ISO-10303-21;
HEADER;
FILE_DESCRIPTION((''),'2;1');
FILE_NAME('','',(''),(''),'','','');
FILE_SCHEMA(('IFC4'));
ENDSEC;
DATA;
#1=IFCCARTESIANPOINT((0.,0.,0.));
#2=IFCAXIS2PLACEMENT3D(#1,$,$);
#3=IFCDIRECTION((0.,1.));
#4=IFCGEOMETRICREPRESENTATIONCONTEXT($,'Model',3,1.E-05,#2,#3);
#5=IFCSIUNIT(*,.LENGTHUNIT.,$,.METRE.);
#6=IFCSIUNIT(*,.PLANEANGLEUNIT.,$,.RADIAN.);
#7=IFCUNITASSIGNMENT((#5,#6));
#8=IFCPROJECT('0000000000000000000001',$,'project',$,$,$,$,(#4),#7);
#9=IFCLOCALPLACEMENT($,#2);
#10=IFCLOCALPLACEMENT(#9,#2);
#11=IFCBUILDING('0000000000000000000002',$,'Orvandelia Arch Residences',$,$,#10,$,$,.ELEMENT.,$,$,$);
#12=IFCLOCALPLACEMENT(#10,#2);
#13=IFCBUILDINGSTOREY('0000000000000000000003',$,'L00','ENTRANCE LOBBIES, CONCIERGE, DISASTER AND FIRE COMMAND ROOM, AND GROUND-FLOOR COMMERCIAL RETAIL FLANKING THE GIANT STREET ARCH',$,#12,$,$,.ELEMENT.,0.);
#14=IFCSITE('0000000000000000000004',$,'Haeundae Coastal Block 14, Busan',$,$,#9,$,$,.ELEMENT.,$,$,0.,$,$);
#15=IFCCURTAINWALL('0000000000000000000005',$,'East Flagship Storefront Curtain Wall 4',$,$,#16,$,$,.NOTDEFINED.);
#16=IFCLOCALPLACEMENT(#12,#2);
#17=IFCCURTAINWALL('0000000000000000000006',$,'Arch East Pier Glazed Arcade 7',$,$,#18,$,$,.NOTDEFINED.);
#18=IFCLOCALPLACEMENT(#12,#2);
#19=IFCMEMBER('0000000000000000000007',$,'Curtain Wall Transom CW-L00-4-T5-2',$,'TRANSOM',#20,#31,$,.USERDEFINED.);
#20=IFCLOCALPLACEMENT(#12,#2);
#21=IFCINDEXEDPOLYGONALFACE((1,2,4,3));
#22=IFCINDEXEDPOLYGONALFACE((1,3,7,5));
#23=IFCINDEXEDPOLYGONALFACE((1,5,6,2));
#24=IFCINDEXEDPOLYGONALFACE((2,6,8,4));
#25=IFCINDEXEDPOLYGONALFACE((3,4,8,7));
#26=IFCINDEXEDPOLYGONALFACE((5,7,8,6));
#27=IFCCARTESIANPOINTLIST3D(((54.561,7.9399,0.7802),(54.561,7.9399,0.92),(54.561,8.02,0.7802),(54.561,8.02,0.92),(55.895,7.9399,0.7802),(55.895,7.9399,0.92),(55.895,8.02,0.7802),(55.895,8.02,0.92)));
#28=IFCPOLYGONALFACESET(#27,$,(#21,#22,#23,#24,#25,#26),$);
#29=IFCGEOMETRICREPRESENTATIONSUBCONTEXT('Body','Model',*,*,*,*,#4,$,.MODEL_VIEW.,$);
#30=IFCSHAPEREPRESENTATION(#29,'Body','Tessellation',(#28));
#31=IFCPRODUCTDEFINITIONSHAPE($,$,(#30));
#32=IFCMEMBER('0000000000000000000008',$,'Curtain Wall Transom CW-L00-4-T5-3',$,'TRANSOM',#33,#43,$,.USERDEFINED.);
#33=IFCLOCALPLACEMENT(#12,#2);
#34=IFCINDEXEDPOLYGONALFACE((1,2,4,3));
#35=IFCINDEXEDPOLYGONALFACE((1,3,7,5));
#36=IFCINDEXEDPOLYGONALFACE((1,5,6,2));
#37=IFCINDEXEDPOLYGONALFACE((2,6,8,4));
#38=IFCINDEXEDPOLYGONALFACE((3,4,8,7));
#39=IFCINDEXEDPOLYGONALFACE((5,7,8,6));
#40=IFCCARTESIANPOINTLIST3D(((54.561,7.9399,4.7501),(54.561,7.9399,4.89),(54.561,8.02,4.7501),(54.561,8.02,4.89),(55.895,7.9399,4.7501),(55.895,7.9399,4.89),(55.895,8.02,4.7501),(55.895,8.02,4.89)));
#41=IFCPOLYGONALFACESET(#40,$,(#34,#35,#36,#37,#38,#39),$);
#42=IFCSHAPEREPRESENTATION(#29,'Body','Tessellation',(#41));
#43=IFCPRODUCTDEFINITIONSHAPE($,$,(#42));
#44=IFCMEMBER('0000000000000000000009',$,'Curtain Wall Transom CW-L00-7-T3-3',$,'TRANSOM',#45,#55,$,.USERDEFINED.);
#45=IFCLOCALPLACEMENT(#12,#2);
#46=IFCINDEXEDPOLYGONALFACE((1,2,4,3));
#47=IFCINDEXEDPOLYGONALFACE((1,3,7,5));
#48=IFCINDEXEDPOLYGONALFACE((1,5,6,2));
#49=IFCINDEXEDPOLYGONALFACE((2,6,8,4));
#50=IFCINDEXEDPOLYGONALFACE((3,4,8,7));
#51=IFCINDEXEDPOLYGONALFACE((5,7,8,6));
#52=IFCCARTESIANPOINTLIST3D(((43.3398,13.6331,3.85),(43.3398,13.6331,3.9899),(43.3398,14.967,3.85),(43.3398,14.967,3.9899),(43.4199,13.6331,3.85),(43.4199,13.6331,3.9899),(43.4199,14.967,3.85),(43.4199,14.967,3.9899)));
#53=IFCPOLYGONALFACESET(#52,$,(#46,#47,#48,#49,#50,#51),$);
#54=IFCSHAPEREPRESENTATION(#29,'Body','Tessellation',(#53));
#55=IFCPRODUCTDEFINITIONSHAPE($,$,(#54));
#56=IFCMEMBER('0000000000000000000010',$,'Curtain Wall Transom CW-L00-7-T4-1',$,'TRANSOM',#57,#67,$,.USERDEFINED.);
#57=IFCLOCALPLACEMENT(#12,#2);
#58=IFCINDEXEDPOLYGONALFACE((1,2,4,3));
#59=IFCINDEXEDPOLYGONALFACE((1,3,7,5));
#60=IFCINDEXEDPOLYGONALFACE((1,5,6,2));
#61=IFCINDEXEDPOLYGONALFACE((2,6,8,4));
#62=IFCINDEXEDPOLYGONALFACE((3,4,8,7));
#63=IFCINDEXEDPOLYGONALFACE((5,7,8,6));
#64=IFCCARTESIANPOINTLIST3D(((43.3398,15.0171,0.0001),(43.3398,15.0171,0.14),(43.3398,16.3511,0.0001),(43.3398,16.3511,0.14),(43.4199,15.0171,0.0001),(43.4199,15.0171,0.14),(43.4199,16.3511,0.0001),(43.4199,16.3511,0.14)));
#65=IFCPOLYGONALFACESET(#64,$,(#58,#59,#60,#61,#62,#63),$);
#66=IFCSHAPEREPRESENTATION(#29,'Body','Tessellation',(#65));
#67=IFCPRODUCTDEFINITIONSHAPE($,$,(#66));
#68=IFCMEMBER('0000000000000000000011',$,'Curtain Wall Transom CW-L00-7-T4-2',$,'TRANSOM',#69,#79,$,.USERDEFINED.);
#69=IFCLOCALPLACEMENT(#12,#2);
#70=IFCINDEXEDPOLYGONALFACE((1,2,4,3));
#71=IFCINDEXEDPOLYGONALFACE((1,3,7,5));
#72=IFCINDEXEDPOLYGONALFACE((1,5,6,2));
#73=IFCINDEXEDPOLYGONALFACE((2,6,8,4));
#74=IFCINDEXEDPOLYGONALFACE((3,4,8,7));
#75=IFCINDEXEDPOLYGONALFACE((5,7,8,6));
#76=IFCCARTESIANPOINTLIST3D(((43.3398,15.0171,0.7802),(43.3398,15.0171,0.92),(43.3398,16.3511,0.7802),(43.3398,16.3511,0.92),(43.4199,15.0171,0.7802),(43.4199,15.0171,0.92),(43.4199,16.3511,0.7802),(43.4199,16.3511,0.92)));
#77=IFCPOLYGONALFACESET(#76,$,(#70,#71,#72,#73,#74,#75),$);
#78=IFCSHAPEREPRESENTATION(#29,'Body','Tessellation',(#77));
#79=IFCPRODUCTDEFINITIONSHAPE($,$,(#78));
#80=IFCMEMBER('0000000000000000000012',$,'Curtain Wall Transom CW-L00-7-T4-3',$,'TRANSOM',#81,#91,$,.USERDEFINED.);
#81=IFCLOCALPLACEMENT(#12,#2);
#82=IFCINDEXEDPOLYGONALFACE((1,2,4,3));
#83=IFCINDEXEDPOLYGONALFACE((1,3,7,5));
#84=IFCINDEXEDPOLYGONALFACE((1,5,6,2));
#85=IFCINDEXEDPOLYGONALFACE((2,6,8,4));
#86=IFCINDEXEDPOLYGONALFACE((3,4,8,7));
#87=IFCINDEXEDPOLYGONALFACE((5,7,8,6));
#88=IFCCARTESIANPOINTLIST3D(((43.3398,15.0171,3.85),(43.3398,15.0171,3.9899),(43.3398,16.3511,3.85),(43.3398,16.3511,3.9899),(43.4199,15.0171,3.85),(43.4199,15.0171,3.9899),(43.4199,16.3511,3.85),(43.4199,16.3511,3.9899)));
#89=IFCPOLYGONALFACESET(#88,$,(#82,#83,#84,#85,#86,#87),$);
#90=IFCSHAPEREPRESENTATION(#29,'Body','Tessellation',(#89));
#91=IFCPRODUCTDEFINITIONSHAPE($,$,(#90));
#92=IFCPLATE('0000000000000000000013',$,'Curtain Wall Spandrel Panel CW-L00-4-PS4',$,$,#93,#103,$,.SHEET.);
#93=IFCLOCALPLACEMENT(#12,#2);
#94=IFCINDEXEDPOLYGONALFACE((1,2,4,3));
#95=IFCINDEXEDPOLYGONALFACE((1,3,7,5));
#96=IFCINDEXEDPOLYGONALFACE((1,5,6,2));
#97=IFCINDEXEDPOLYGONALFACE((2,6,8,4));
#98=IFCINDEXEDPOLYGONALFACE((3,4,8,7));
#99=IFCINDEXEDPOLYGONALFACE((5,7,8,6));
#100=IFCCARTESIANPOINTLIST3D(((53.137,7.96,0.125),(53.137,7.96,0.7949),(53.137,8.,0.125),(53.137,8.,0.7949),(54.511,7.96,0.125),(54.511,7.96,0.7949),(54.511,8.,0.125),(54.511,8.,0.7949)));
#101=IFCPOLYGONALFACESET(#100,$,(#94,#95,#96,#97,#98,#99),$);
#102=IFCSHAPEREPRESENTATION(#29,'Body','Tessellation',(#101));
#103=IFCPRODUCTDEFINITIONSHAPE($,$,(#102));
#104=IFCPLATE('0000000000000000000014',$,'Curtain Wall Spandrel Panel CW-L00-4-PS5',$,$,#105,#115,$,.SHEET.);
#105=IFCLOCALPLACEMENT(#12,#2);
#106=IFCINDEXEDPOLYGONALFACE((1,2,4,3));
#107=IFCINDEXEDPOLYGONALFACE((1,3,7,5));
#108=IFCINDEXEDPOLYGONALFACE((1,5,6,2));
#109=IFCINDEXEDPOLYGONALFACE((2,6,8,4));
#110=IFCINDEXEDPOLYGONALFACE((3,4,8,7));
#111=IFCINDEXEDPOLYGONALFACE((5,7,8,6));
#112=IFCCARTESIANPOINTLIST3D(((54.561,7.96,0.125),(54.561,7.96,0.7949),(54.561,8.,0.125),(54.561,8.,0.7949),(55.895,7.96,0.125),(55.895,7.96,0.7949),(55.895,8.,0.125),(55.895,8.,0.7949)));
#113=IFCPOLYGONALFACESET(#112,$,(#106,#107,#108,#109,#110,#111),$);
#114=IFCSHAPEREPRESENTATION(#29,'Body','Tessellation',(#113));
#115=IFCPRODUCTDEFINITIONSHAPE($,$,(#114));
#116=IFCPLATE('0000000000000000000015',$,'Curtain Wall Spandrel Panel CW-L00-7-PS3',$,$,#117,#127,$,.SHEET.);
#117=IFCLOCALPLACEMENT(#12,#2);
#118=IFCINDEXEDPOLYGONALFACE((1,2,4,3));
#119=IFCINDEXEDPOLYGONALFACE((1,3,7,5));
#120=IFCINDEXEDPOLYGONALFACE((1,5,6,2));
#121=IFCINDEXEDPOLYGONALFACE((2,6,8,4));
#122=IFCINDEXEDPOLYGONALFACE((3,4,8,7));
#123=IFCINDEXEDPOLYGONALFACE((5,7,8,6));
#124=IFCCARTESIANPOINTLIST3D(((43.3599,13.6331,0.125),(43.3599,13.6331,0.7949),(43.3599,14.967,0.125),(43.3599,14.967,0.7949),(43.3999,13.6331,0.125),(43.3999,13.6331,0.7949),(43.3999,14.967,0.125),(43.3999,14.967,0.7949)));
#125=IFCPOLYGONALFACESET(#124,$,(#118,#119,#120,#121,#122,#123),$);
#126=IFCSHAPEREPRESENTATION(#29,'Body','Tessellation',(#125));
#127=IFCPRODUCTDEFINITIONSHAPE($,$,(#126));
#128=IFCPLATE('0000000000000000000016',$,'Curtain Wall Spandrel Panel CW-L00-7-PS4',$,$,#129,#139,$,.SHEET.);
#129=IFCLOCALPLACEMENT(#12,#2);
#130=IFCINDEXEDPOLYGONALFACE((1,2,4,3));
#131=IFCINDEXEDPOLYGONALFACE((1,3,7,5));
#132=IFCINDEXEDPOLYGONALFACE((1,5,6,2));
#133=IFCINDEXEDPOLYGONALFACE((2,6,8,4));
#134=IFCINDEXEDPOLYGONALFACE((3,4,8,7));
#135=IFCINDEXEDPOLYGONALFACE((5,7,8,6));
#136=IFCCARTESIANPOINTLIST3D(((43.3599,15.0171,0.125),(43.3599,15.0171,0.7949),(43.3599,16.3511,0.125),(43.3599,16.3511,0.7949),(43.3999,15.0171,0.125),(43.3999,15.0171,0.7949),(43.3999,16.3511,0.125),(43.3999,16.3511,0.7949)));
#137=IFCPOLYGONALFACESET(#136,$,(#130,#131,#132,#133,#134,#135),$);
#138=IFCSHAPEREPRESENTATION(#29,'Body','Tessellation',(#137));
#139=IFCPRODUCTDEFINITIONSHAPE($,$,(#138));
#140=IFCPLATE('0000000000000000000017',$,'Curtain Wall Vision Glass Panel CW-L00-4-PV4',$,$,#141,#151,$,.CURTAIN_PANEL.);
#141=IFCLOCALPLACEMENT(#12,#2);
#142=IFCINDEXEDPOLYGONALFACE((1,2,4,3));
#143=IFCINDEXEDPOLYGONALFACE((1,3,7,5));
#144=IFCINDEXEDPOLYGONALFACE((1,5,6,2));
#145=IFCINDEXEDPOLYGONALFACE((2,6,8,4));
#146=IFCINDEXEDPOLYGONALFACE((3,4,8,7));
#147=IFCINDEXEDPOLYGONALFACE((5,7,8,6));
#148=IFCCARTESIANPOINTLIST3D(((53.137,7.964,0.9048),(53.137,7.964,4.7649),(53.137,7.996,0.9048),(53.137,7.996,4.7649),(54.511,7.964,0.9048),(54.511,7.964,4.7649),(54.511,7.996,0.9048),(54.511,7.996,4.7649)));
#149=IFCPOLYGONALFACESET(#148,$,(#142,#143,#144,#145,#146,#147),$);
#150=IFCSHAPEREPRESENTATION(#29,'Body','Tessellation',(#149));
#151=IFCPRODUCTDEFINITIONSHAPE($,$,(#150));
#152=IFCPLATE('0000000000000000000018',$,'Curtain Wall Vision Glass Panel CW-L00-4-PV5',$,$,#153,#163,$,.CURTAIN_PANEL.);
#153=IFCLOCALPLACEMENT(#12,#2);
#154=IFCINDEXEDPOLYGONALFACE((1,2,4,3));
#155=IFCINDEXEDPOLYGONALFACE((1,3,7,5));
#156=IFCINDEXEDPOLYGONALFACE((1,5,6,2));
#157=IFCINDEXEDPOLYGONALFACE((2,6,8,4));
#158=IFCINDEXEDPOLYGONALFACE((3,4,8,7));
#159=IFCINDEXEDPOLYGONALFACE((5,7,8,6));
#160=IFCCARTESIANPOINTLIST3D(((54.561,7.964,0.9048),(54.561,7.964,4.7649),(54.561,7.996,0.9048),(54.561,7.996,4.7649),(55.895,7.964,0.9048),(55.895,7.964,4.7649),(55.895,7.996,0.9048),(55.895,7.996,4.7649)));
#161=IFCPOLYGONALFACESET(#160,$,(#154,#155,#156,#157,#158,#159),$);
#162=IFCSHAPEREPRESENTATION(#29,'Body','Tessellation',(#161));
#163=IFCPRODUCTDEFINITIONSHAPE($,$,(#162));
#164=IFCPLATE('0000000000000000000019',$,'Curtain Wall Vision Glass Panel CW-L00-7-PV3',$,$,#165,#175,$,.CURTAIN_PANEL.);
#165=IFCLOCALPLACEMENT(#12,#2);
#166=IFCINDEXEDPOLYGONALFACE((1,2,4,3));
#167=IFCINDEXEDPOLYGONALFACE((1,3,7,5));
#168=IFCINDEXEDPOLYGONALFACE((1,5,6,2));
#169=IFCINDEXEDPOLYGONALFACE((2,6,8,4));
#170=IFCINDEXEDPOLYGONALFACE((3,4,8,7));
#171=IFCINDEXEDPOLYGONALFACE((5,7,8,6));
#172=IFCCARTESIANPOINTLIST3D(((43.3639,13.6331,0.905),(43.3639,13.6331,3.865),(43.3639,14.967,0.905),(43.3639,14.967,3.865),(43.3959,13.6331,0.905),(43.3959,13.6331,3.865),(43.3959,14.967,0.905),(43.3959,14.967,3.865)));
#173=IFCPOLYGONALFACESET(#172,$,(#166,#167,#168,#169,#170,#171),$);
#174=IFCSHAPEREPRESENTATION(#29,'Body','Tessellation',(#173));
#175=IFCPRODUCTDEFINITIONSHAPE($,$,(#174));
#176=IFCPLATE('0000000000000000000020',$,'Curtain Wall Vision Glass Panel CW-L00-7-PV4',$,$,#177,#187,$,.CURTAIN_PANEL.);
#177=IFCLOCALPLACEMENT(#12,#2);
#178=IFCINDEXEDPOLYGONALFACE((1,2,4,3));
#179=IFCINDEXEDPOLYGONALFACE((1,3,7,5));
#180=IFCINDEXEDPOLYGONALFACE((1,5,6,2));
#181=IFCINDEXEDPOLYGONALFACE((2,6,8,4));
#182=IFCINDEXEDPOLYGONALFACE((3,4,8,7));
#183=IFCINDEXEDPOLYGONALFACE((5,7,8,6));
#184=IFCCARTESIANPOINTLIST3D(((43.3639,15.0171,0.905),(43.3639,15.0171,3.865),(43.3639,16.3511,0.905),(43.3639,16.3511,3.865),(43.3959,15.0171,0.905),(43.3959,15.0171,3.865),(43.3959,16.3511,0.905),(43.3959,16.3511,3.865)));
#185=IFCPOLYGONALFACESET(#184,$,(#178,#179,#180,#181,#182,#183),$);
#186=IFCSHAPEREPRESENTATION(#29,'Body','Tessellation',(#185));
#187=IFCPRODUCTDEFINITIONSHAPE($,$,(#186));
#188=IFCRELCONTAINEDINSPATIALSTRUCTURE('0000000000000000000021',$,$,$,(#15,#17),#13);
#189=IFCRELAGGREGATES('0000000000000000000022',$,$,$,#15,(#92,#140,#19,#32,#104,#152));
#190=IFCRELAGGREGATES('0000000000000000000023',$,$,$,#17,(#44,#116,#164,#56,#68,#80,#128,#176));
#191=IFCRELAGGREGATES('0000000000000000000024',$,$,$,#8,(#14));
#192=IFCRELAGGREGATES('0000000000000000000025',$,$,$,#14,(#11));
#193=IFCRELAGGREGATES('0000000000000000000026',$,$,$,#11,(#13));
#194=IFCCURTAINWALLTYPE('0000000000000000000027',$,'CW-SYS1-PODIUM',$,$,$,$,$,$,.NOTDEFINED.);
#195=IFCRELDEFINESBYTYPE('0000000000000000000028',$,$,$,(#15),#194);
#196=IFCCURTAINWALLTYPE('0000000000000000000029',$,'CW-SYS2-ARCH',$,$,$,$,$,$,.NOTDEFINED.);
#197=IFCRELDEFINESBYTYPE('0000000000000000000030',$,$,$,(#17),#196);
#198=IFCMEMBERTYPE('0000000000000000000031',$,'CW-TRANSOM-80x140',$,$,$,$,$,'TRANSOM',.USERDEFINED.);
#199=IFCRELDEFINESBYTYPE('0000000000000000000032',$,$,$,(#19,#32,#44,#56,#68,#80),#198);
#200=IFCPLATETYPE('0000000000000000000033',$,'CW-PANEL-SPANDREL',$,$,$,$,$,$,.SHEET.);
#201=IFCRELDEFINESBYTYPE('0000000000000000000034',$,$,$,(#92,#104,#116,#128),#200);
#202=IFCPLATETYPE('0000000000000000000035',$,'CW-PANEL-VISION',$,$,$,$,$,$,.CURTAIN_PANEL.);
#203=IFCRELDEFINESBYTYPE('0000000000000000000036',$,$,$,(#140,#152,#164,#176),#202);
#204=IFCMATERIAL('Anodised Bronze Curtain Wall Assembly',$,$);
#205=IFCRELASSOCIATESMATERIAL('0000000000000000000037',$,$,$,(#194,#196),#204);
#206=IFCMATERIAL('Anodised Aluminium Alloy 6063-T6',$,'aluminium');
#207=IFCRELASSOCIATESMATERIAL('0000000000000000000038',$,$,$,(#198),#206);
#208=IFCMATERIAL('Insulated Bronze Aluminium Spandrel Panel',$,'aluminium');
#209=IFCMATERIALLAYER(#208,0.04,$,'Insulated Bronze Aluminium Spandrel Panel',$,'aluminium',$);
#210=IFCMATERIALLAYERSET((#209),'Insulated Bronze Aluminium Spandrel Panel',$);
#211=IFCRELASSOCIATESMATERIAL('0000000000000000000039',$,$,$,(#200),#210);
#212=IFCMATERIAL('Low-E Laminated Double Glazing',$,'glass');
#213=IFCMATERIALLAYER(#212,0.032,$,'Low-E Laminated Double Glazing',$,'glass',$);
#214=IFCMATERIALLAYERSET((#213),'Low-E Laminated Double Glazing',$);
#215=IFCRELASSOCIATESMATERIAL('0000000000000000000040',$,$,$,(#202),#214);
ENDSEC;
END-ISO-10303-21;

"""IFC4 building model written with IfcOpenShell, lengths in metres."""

from ifc_helpers import new_model, si_unit, direction, frame, origin, origin_2d, place, context, subcontext, project, spatial, rectangle, extrude, material, layer, layer_set, material_profile, profile_set, type_object, element, aggregate, save


model = new_model("IFC4")

# Units and contexts
model_context = context("Model", 3, precision=1e-05, world=origin(), true_north=direction((0.0, 1.0)))
body_context = subcontext(model_context, "Body", "Model", "MODEL_VIEW")
ifc_project = project(units=[si_unit("LENGTHUNIT", "METRE"), si_unit("PLANEANGLEUNIT", "RADIAN")], contexts=[model_context])

# Site, building, storey
site_placement = place(None, origin())
site = spatial("IfcSite", under=ifc_project, at=site_placement, Name="Haeundae Coastal Block 14, Busan", CompositionType="ELEMENT", RefElevation=0.0)
building_placement = place(site_placement, origin())
building = spatial("IfcBuilding", under=site, at=building_placement, Name="Orvandelia Arch Residences", CompositionType="ELEMENT")
storey_placement = place(building_placement, origin())
storey = spatial("IfcBuildingStorey", under=building, at=storey_placement, Name="L00", Description="ENTRANCE LOBBIES, CONCIERGE, DISASTER AND FIRE COMMAND ROOM, AND GROUND-FLOOR COMMERCIAL RETAIL FLANKING THE GIANT STREET ARCH", CompositionType="ELEMENT", Elevation=0.0)

# Curtain wall
ifc_material_1 = material(Name="Anodised Bronze Curtain Wall Assembly")
curtain_wall_type_1 = type_object("IfcCurtainWallType", Name="CW-SYS1-PODIUM", PredefinedType="NOTDEFINED", material=ifc_material_1)
curtain_wall_1_placement = place(storey_placement, origin())
curtain_wall_1 = element("IfcCurtainWall", 1, at=curtain_wall_1_placement, inside=storey, type_object=curtain_wall_type_1, Name="East Flagship Storefront Curtain Wall 4", PredefinedType="NOTDEFINED")
ifc_material_2 = material(Name="Anodised Aluminium Alloy 6063-T6", Category="aluminium")

# Curtain wall
curtain_wall_type_2 = type_object("IfcCurtainWallType", Name="CW-SYS2-ARCH", PredefinedType="NOTDEFINED", material=ifc_material_1)
curtain_wall_2_placement = place(storey_placement, origin())
curtain_wall_2 = element("IfcCurtainWall", 2, at=curtain_wall_2_placement, inside=storey, type_object=curtain_wall_type_2, Name="Arch East Pier Glazed Arcade 7", PredefinedType="NOTDEFINED")

# Members
ifc_material_profile_1 = material_profile(ifc_material_2, rectangle(XDim=0.0801, YDim=0.1399, at=origin_2d()), Name="Anodised Aluminium Alloy 6063-T6", Category="aluminium")
ifc_profile_set_1 = profile_set([ifc_material_profile_1], Name="Anodised Aluminium Alloy 6063-T6")
member_type_1 = type_object("IfcMemberType", Name="CW-TRANSOM-80x140", ElementType="TRANSOM", PredefinedType="USERDEFINED", material=ifc_profile_set_1)
member_1_placement = place(storey_placement, frame((54.561, 7.98, 0.8501), z_axis=(1.0, 0.0, 0.0), x_axis=(0.0, 1.0, 0.0)))
member_1 = element("IfcMember", 3, at=member_1_placement, type_object=member_type_1, Name="Curtain Wall Transom CW-L00-4-T5-2", ObjectType="TRANSOM", PredefinedType="USERDEFINED", context=body_context, shape_type="SweptSolid", body=[
    extrude(rectangle(XDim=0.0801, YDim=0.1399, at=origin_2d()), origin(), (0.0, 0.0, 1.0), 1.334),
])
member_2_placement = place(storey_placement, frame((54.561, 7.98, 4.8201), z_axis=(1.0, 0.0, 0.0), x_axis=(0.0, 1.0, 0.0)))
member_2 = element("IfcMember", 4, at=member_2_placement, type_object=member_type_1, Name="Curtain Wall Transom CW-L00-4-T5-3", ObjectType="TRANSOM", PredefinedType="USERDEFINED", context=body_context, shape_type="SweptSolid", body=[
    extrude(rectangle(XDim=0.0801, YDim=0.1399, at=origin_2d()), origin(), (0.0, 0.0, 1.0), 1.334),
])
member_3_placement = place(storey_placement, frame((43.3799, 13.6331, 3.9199), z_axis=(0.0, 1.0, 0.0), x_axis=(-1.0, 0.0, 0.0)))
member_3 = element("IfcMember", 5, at=member_3_placement, type_object=member_type_1, Name="Curtain Wall Transom CW-L00-7-T3-3", ObjectType="TRANSOM", PredefinedType="USERDEFINED", context=body_context, shape_type="SweptSolid", body=[
    extrude(rectangle(XDim=0.0801, YDim=0.1399, at=origin_2d()), origin(), (0.0, 0.0, 1.0), 1.334),
])
member_4_placement = place(storey_placement, frame((43.3799, 15.0171, 0.0701), z_axis=(0.0, 1.0, 0.0), x_axis=(-1.0, 0.0, 0.0)))
member_4 = element("IfcMember", 6, at=member_4_placement, type_object=member_type_1, Name="Curtain Wall Transom CW-L00-7-T4-1", ObjectType="TRANSOM", PredefinedType="USERDEFINED", context=body_context, shape_type="SweptSolid", body=[
    extrude(rectangle(XDim=0.0801, YDim=0.1399, at=origin_2d()), origin(), (0.0, 0.0, 1.0), 1.334),
])
member_5_placement = place(storey_placement, frame((43.3799, 15.0171, 0.8501), z_axis=(0.0, 1.0, 0.0), x_axis=(-1.0, 0.0, 0.0)))
member_5 = element("IfcMember", 7, at=member_5_placement, type_object=member_type_1, Name="Curtain Wall Transom CW-L00-7-T4-2", ObjectType="TRANSOM", PredefinedType="USERDEFINED", context=body_context, shape_type="SweptSolid", body=[
    extrude(rectangle(XDim=0.0801, YDim=0.1399, at=origin_2d()), origin(), (0.0, 0.0, 1.0), 1.334),
])
member_6_placement = place(storey_placement, frame((43.3799, 15.0171, 3.9199), z_axis=(0.0, 1.0, 0.0), x_axis=(-1.0, 0.0, 0.0)))
member_6 = element("IfcMember", 8, at=member_6_placement, type_object=member_type_1, Name="Curtain Wall Transom CW-L00-7-T4-3", ObjectType="TRANSOM", PredefinedType="USERDEFINED", context=body_context, shape_type="SweptSolid", body=[
    extrude(rectangle(XDim=0.0801, YDim=0.1399, at=origin_2d()), origin(), (0.0, 0.0, 1.0), 1.334),
])

# Plates
ifc_material_3 = material(Name="Insulated Bronze Aluminium Spandrel Panel", Category="aluminium")
ifc_layer_1 = layer(ifc_material_3, 0.04, Name="Insulated Bronze Aluminium Spandrel Panel", Category="aluminium")
ifc_layer_set_1 = layer_set([ifc_layer_1], Name="Insulated Bronze Aluminium Spandrel Panel")
plate_type_1 = type_object("IfcPlateType", Name="CW-PANEL-SPANDREL", PredefinedType="SHEET", material=ifc_layer_set_1)
plate_1_placement = place(storey_placement, frame((53.824, 7.98, 0.125), z_axis=(0.0, 0.0, 1.0), x_axis=(1.0, 0.0, 0.0)))
plate_1 = element("IfcPlate", 9, at=plate_1_placement, type_object=plate_type_1, Name="Curtain Wall Spandrel Panel CW-L00-4-PS4", PredefinedType="SHEET", context=body_context, shape_type="SweptSolid", body=[
    extrude(rectangle(XDim=1.374, YDim=0.04, at=origin_2d()), origin(), (0.0, 0.0, 1.0), 0.6699),
])
plate_2_placement = place(storey_placement, frame((55.228, 7.98, 0.125), z_axis=(0.0, 0.0, 1.0), x_axis=(1.0, 0.0, 0.0)))
plate_2 = element("IfcPlate", 10, at=plate_2_placement, type_object=plate_type_1, Name="Curtain Wall Spandrel Panel CW-L00-4-PS5", PredefinedType="SHEET", context=body_context, shape_type="SweptSolid", body=[
    extrude(rectangle(XDim=1.334, YDim=0.04, at=origin_2d()), origin(), (0.0, 0.0, 1.0), 0.6699),
])
plate_3_placement = place(storey_placement, frame((43.3799, 14.3, 0.125), z_axis=(0.0, 0.0, 1.0), x_axis=(0.0, 1.0, 0.0)))
plate_3 = element("IfcPlate", 11, at=plate_3_placement, type_object=plate_type_1, Name="Curtain Wall Spandrel Panel CW-L00-7-PS3", PredefinedType="SHEET", context=body_context, shape_type="SweptSolid", body=[
    extrude(rectangle(XDim=1.334, YDim=0.04, at=origin_2d()), origin(), (0.0, 0.0, 1.0), 0.6699),
])
plate_4_placement = place(storey_placement, frame((43.3799, 15.6841, 0.125), z_axis=(0.0, 0.0, 1.0), x_axis=(0.0, 1.0, 0.0)))
plate_4 = element("IfcPlate", 12, at=plate_4_placement, type_object=plate_type_1, Name="Curtain Wall Spandrel Panel CW-L00-7-PS4", PredefinedType="SHEET", context=body_context, shape_type="SweptSolid", body=[
    extrude(rectangle(XDim=1.334, YDim=0.04, at=origin_2d()), origin(), (0.0, 0.0, 1.0), 0.6699),
])
ifc_material_4 = material(Name="Low-E Laminated Double Glazing", Category="glass")
ifc_layer_2 = layer(ifc_material_4, 0.032, Name="Low-E Laminated Double Glazing", Category="glass")
ifc_layer_set_2 = layer_set([ifc_layer_2], Name="Low-E Laminated Double Glazing")
plate_type_2 = type_object("IfcPlateType", Name="CW-PANEL-VISION", PredefinedType="CURTAIN_PANEL", material=ifc_layer_set_2)
plate_5_placement = place(storey_placement, frame((53.824, 7.98, 0.9048), z_axis=(0.0, 0.0, 1.0), x_axis=(1.0, 0.0, 0.0)))
plate_5 = element("IfcPlate", 13, at=plate_5_placement, type_object=plate_type_2, Name="Curtain Wall Vision Glass Panel CW-L00-4-PV4", PredefinedType="CURTAIN_PANEL", context=body_context, shape_type="SweptSolid", body=[
    extrude(rectangle(XDim=1.374, YDim=0.032, at=origin_2d()), origin(), (0.0, 0.0, 1.0), 3.8601),
])
plate_6_placement = place(storey_placement, frame((55.228, 7.98, 0.9048), z_axis=(0.0, 0.0, 1.0), x_axis=(1.0, 0.0, 0.0)))
plate_6 = element("IfcPlate", 14, at=plate_6_placement, type_object=plate_type_2, Name="Curtain Wall Vision Glass Panel CW-L00-4-PV5", PredefinedType="CURTAIN_PANEL", context=body_context, shape_type="SweptSolid", body=[
    extrude(rectangle(XDim=1.334, YDim=0.032, at=origin_2d()), origin(), (0.0, 0.0, 1.0), 3.8601),
])
aggregate(curtain_wall_1, [plate_1, plate_5, member_1, member_2, plate_2, plate_6])
plate_7_placement = place(storey_placement, frame((43.3799, 14.3, 0.905), z_axis=(0.0, 0.0, 1.0), x_axis=(0.0, 1.0, 0.0)))
plate_7 = element("IfcPlate", 15, at=plate_7_placement, type_object=plate_type_2, Name="Curtain Wall Vision Glass Panel CW-L00-7-PV3", PredefinedType="CURTAIN_PANEL", context=body_context, shape_type="SweptSolid", body=[
    extrude(rectangle(XDim=1.334, YDim=0.032, at=origin_2d()), origin(), (0.0, 0.0, 1.0), 2.96),
])
plate_8_placement = place(storey_placement, frame((43.3799, 15.6841, 0.905), z_axis=(0.0, 0.0, 1.0), x_axis=(0.0, 1.0, 0.0)))
plate_8 = element("IfcPlate", 16, at=plate_8_placement, type_object=plate_type_2, Name="Curtain Wall Vision Glass Panel CW-L00-7-PV4", PredefinedType="CURTAIN_PANEL", context=body_context, shape_type="SweptSolid", body=[
    extrude(rectangle(XDim=1.334, YDim=0.032, at=origin_2d()), origin(), (0.0, 0.0, 1.0), 2.96),
])
aggregate(curtain_wall_2, [member_3, plate_3, plate_7, member_4, member_5, member_6, plate_4, plate_8])

save(model, "model.ifc")
